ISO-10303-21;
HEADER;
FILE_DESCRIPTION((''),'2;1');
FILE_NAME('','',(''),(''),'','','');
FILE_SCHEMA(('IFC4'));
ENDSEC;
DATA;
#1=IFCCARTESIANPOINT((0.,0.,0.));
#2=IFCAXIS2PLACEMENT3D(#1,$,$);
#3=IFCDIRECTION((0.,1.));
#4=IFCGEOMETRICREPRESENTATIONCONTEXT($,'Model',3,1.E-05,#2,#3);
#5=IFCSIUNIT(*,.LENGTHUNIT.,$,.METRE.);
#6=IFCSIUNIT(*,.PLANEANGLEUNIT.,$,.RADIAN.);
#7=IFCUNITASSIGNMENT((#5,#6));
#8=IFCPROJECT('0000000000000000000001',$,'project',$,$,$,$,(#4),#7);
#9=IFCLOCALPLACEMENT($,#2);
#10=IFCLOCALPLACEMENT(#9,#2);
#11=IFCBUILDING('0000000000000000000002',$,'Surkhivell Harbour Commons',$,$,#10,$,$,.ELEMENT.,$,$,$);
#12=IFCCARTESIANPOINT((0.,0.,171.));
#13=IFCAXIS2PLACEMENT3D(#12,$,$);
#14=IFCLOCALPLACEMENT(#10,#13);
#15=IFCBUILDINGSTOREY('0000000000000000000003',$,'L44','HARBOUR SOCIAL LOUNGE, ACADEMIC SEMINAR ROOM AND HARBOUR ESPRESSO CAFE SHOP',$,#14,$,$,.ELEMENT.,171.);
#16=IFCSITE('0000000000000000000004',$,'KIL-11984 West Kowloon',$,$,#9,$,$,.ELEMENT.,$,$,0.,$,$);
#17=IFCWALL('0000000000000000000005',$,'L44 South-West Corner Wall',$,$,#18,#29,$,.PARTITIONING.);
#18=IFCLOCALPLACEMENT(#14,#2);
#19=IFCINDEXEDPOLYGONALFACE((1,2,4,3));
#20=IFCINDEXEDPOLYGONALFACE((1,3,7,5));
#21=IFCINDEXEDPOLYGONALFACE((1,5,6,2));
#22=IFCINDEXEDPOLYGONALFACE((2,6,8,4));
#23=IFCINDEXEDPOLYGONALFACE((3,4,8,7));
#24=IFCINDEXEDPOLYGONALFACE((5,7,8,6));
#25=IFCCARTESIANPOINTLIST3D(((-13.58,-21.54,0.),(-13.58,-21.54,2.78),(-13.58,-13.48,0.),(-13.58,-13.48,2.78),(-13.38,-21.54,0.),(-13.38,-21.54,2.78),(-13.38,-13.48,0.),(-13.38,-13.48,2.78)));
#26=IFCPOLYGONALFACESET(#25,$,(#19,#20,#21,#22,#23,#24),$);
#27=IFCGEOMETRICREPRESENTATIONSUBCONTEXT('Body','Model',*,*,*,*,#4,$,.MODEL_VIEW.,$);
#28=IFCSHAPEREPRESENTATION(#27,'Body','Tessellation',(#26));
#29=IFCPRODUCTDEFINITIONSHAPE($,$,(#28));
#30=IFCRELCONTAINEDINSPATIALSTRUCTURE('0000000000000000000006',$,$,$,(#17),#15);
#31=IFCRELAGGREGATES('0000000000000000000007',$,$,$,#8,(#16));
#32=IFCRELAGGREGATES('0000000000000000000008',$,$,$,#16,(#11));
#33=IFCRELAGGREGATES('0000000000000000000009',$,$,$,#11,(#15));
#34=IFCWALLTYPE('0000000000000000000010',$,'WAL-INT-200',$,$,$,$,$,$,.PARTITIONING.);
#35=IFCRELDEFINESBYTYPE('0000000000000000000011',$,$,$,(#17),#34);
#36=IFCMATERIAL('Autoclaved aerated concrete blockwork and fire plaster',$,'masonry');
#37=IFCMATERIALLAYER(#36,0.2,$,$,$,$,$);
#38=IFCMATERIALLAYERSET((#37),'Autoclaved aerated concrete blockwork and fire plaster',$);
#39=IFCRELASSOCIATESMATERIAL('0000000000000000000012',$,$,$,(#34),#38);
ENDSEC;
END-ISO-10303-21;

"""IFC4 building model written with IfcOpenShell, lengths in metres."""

from ifc_helpers import new_model, si_unit, direction, frame, frame_2d, origin, place, context, subcontext, project, spatial, rectangle, extrude, material, layer, layer_set, type_object, element, save


model = new_model("IFC4")

# Units and contexts
model_context = context("Model", 3, precision=1e-05, world=origin(), true_north=direction((0.0, 1.0)))
body_context = subcontext(model_context, "Body", "Model", "MODEL_VIEW")
ifc_project = project(units=[si_unit("LENGTHUNIT", "METRE"), si_unit("PLANEANGLEUNIT", "RADIAN")], contexts=[model_context])

# Site, building, storey
site_placement = place(None, origin())
site = spatial("IfcSite", under=ifc_project, at=site_placement, Name="KIL-11984 West Kowloon", CompositionType="ELEMENT", RefElevation=0.0)
building_placement = place(site_placement, origin())
building = spatial("IfcBuilding", under=site, at=building_placement, Name="Surkhivell Harbour Commons", CompositionType="ELEMENT")
storey_placement = place(building_placement, frame((0.0, 0.0, 171.0)))
storey = spatial("IfcBuildingStorey", under=building, at=storey_placement, Name="L44", Description="HARBOUR SOCIAL LOUNGE, ACADEMIC SEMINAR ROOM AND HARBOUR ESPRESSO CAFE SHOP", CompositionType="ELEMENT", Elevation=171.0)

# Wall
ifc_material_1 = material(Name="Autoclaved aerated concrete blockwork and fire plaster", Category="masonry")
ifc_layer_1 = layer(ifc_material_1, 0.2)
ifc_layer_set_1 = layer_set([ifc_layer_1], Name="Autoclaved aerated concrete blockwork and fire plaster")
wall_type = type_object("IfcWallType", Name="WAL-INT-200", PredefinedType="PARTITIONING", material=ifc_layer_set_1)
wall_placement = place(storey_placement, frame((-13.48, -21.54, 0.0), z_axis=(0.0, 0.0, 1.0), x_axis=(0.0, 1.0, 0.0)))
element("IfcWall", 1, at=wall_placement, inside=storey, type_object=wall_type, Name="L44 South-West Corner Wall", PredefinedType="PARTITIONING", context=body_context, shape_type="SweptSolid", body=[
    extrude(rectangle(XDim=8.0601, YDim=0.2, at=frame_2d((4.03, 0.0))), origin(), (0.0, 0.0, 1.0), 2.78),
])

save(model, "model.ifc")
